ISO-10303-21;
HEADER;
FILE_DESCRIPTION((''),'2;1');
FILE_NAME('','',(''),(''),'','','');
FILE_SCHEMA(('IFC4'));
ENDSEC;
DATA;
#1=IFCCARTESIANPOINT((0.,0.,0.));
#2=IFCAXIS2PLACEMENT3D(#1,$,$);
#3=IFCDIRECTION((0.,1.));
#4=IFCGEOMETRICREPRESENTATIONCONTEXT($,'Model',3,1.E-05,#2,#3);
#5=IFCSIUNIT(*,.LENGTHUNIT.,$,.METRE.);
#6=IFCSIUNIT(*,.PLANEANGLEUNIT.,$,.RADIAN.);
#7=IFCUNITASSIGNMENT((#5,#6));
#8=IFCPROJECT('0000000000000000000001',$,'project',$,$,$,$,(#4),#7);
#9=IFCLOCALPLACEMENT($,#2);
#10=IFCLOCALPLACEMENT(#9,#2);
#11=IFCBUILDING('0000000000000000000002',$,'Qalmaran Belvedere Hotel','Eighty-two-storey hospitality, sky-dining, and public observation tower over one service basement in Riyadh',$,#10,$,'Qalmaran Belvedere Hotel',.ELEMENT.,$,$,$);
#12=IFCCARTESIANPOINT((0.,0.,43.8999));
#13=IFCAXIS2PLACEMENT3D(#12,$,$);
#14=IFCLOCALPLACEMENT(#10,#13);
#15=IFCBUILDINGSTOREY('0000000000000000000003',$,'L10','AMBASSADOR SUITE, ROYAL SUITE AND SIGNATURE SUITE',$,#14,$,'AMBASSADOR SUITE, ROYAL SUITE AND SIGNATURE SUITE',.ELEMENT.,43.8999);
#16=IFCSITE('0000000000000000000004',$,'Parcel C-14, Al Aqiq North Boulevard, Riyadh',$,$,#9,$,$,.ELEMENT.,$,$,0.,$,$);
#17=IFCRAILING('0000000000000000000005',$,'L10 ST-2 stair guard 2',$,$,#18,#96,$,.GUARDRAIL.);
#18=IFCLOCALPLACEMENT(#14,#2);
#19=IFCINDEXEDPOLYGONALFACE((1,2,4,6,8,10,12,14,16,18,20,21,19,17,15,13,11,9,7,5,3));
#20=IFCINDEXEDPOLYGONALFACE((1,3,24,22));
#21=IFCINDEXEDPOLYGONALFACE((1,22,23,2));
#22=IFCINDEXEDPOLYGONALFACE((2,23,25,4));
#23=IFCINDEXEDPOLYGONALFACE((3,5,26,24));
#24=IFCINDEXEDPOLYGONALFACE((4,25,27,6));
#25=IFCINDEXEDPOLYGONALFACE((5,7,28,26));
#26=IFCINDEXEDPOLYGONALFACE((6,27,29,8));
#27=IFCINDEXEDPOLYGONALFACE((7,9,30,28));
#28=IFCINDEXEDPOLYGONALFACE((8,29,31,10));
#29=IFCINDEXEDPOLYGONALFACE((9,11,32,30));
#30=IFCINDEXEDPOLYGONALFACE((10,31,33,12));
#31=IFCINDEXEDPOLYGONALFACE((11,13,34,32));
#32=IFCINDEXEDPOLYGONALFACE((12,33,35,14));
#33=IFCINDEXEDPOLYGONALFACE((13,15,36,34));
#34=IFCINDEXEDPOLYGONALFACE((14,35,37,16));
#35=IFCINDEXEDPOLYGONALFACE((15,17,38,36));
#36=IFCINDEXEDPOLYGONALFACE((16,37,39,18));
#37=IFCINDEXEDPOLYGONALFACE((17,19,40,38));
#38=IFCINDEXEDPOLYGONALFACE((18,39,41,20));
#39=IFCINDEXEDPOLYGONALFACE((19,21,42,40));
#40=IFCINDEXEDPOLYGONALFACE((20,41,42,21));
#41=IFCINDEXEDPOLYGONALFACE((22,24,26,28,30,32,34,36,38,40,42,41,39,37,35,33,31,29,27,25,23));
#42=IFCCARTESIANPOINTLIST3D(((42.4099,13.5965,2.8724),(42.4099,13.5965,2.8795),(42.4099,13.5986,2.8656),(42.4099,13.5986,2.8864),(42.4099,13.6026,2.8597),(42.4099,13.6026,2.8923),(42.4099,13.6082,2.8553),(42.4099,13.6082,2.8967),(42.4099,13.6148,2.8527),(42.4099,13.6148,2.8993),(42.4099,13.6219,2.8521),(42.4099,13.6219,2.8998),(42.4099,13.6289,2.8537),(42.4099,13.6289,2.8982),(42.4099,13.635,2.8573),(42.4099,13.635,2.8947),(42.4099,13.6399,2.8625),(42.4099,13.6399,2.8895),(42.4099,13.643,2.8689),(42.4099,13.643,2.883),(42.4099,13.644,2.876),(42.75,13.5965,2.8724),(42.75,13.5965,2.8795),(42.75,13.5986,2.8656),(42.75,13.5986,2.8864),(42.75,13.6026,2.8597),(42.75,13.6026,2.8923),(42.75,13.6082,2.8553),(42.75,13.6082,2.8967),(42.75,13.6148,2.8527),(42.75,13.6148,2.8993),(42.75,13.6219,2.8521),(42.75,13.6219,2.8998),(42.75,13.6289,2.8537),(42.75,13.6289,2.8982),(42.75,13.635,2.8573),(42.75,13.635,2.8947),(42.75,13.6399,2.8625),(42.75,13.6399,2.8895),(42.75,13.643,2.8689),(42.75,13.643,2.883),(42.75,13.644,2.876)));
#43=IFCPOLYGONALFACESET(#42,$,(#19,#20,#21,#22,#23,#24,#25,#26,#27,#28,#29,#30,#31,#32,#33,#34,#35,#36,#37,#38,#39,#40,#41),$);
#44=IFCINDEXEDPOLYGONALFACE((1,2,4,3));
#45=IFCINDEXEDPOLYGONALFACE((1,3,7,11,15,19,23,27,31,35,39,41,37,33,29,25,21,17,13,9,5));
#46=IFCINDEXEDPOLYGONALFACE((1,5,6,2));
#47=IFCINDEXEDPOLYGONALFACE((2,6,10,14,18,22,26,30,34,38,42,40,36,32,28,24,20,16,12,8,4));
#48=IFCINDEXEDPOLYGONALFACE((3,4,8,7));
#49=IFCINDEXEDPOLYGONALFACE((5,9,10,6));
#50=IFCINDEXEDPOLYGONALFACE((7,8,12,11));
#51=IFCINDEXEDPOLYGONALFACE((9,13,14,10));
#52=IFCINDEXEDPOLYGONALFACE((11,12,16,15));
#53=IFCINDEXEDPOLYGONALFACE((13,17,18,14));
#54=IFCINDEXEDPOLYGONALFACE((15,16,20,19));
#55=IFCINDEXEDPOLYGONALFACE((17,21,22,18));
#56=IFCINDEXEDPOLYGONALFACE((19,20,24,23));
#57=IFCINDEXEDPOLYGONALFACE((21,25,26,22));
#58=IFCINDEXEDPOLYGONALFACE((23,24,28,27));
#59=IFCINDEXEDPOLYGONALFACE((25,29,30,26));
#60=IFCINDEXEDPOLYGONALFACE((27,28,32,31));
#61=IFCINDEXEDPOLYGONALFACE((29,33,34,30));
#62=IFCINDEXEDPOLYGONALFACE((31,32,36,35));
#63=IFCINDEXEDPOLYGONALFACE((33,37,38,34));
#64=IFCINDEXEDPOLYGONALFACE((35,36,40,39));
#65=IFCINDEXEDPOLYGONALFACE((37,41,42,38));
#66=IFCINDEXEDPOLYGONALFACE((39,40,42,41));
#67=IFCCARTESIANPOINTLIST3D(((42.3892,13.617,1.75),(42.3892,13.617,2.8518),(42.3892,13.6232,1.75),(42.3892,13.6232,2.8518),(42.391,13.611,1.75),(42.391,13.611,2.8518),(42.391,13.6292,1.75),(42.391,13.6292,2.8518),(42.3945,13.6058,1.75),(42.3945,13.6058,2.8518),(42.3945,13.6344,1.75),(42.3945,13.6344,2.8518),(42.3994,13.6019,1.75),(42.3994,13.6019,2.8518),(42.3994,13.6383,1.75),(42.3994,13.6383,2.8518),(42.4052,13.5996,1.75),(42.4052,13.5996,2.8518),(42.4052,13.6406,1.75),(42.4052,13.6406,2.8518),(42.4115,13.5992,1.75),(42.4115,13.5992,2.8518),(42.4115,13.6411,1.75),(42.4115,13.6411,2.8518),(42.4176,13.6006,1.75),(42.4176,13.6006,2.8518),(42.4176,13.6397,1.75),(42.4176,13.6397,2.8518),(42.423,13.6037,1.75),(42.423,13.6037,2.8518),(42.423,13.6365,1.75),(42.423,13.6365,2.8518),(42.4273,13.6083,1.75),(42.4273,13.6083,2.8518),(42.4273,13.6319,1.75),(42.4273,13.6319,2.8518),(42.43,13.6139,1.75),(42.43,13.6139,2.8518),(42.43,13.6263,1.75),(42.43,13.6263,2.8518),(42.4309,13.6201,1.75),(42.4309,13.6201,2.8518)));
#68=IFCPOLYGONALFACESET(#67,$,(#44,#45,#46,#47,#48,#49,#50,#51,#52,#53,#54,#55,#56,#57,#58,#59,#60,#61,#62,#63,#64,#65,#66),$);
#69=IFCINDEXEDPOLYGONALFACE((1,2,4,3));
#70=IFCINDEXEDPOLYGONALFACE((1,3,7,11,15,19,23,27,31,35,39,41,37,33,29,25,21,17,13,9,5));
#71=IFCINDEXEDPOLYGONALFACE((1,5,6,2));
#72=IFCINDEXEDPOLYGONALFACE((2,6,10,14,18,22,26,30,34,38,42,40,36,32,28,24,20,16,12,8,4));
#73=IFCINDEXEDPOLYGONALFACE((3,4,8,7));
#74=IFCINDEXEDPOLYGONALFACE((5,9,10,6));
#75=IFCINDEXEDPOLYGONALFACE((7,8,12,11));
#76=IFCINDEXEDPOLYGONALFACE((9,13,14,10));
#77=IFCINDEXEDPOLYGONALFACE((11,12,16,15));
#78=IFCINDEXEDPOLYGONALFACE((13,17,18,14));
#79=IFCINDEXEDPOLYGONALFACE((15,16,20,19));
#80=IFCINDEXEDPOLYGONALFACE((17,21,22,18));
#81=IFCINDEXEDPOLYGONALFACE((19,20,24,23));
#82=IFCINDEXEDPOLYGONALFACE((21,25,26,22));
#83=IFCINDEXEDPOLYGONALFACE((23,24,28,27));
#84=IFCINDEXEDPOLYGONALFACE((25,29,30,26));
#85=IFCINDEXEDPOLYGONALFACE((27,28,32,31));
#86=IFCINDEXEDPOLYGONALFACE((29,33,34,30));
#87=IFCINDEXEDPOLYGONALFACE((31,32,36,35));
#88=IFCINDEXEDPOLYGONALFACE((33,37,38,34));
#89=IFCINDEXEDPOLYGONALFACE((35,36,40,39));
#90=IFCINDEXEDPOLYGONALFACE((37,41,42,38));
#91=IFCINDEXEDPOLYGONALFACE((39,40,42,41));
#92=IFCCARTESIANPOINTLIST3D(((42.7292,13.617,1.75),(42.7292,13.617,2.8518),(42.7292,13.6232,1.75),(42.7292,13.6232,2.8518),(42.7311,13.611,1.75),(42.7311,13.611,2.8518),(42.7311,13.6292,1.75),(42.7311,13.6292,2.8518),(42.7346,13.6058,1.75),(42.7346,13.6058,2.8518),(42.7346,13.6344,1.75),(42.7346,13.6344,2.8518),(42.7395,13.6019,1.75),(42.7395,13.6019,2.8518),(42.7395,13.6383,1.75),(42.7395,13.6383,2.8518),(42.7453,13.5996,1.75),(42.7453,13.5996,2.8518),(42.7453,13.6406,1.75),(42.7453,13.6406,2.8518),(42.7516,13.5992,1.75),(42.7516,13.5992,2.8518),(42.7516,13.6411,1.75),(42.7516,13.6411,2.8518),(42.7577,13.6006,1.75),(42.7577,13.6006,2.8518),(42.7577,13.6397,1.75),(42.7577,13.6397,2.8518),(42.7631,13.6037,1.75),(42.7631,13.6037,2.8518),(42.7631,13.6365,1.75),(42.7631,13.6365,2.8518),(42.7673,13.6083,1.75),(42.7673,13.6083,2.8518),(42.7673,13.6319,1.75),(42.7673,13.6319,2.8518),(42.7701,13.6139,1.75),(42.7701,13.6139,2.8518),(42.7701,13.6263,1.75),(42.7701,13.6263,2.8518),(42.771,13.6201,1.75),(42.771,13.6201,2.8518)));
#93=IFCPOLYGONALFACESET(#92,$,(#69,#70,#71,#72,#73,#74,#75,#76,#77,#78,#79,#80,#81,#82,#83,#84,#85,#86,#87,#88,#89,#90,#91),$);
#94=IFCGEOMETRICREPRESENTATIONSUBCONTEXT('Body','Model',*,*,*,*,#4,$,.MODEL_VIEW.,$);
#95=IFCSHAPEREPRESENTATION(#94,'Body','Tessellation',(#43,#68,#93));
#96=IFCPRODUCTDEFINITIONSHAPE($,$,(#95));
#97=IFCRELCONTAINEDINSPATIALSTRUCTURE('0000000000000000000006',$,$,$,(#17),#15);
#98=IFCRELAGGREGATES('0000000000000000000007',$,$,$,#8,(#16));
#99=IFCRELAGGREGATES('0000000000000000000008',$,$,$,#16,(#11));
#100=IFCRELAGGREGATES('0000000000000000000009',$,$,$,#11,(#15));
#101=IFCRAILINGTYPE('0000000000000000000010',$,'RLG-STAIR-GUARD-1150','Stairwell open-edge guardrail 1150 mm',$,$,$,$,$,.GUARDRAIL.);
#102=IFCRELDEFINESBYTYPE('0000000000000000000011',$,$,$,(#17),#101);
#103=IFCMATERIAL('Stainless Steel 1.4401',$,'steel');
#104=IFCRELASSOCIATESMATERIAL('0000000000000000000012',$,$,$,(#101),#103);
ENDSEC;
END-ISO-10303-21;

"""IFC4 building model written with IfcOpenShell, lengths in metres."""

from ifc_helpers import new_model, si_unit, direction, frame, origin, origin_2d, place, context, subcontext, project, spatial, circle, extrude, material, type_object, element, save


model = new_model("IFC4")

# Units and contexts
model_context = context("Model", 3, precision=1e-05, world=origin(), true_north=direction((0.0, 1.0)))
body_context = subcontext(model_context, "Body", "Model", "MODEL_VIEW")
ifc_project = project(units=[si_unit("LENGTHUNIT", "METRE"), si_unit("PLANEANGLEUNIT", "RADIAN")], contexts=[model_context])

# Site, building, storey
site_placement = place(None, origin())
site = spatial("IfcSite", under=ifc_project, at=site_placement, Name="Parcel C-14, Al Aqiq North Boulevard, Riyadh", CompositionType="ELEMENT", RefElevation=0.0)
building_placement = place(site_placement, origin())
building = spatial("IfcBuilding", under=site, at=building_placement, Name="Qalmaran Belvedere Hotel", Description="Eighty-two-storey hospitality, sky-dining, and public observation tower over one service basement in Riyadh", LongName="Qalmaran Belvedere Hotel", CompositionType="ELEMENT")
storey_placement = place(building_placement, frame((0.0, 0.0, 43.8999)))
storey = spatial("IfcBuildingStorey", under=building, at=storey_placement, Name="L10", Description="AMBASSADOR SUITE, ROYAL SUITE AND SIGNATURE SUITE", LongName="AMBASSADOR SUITE, ROYAL SUITE AND SIGNATURE SUITE", CompositionType="ELEMENT", Elevation=43.8999)

# Shared definitions
ifc_material_1 = material(Name="Stainless Steel 1.4401", Category="steel")

# Railing
railing_type_1 = type_object("IfcRailingType", Name="RLG-STAIR-GUARD-1150", Description="Stairwell open-edge guardrail 1150 mm", PredefinedType="GUARDRAIL", material=ifc_material_1)
railing_1_placement = place(storey_placement, frame((42.4099, 13.6201, 1.75)))
element("IfcRailing", 1, at=railing_1_placement, inside=storey, type_object=railing_type_1, Name="L10 ST-2 stair guard 2", PredefinedType="GUARDRAIL", context=body_context, shape_type="SweptSolid", body=[
    extrude(circle(Radius=0.0239, at=origin_2d()), frame((0.0, 0.0, 1.126), z_axis=(1.0, 0.0, 0.0), x_axis=(0.0, 1.0, 0.0)), (0.0, 0.0, 1.0), 0.3401),
    extrude(circle(Radius=0.021, at=origin_2d()), origin(), (0.0, 0.0, 1.0), 1.1018),
    extrude(circle(Radius=0.021, at=origin_2d()), frame((0.3401, 0.0, 0.0)), (0.0, 0.0, 1.0), 1.1018),
])

save(model, "model.ifc")
